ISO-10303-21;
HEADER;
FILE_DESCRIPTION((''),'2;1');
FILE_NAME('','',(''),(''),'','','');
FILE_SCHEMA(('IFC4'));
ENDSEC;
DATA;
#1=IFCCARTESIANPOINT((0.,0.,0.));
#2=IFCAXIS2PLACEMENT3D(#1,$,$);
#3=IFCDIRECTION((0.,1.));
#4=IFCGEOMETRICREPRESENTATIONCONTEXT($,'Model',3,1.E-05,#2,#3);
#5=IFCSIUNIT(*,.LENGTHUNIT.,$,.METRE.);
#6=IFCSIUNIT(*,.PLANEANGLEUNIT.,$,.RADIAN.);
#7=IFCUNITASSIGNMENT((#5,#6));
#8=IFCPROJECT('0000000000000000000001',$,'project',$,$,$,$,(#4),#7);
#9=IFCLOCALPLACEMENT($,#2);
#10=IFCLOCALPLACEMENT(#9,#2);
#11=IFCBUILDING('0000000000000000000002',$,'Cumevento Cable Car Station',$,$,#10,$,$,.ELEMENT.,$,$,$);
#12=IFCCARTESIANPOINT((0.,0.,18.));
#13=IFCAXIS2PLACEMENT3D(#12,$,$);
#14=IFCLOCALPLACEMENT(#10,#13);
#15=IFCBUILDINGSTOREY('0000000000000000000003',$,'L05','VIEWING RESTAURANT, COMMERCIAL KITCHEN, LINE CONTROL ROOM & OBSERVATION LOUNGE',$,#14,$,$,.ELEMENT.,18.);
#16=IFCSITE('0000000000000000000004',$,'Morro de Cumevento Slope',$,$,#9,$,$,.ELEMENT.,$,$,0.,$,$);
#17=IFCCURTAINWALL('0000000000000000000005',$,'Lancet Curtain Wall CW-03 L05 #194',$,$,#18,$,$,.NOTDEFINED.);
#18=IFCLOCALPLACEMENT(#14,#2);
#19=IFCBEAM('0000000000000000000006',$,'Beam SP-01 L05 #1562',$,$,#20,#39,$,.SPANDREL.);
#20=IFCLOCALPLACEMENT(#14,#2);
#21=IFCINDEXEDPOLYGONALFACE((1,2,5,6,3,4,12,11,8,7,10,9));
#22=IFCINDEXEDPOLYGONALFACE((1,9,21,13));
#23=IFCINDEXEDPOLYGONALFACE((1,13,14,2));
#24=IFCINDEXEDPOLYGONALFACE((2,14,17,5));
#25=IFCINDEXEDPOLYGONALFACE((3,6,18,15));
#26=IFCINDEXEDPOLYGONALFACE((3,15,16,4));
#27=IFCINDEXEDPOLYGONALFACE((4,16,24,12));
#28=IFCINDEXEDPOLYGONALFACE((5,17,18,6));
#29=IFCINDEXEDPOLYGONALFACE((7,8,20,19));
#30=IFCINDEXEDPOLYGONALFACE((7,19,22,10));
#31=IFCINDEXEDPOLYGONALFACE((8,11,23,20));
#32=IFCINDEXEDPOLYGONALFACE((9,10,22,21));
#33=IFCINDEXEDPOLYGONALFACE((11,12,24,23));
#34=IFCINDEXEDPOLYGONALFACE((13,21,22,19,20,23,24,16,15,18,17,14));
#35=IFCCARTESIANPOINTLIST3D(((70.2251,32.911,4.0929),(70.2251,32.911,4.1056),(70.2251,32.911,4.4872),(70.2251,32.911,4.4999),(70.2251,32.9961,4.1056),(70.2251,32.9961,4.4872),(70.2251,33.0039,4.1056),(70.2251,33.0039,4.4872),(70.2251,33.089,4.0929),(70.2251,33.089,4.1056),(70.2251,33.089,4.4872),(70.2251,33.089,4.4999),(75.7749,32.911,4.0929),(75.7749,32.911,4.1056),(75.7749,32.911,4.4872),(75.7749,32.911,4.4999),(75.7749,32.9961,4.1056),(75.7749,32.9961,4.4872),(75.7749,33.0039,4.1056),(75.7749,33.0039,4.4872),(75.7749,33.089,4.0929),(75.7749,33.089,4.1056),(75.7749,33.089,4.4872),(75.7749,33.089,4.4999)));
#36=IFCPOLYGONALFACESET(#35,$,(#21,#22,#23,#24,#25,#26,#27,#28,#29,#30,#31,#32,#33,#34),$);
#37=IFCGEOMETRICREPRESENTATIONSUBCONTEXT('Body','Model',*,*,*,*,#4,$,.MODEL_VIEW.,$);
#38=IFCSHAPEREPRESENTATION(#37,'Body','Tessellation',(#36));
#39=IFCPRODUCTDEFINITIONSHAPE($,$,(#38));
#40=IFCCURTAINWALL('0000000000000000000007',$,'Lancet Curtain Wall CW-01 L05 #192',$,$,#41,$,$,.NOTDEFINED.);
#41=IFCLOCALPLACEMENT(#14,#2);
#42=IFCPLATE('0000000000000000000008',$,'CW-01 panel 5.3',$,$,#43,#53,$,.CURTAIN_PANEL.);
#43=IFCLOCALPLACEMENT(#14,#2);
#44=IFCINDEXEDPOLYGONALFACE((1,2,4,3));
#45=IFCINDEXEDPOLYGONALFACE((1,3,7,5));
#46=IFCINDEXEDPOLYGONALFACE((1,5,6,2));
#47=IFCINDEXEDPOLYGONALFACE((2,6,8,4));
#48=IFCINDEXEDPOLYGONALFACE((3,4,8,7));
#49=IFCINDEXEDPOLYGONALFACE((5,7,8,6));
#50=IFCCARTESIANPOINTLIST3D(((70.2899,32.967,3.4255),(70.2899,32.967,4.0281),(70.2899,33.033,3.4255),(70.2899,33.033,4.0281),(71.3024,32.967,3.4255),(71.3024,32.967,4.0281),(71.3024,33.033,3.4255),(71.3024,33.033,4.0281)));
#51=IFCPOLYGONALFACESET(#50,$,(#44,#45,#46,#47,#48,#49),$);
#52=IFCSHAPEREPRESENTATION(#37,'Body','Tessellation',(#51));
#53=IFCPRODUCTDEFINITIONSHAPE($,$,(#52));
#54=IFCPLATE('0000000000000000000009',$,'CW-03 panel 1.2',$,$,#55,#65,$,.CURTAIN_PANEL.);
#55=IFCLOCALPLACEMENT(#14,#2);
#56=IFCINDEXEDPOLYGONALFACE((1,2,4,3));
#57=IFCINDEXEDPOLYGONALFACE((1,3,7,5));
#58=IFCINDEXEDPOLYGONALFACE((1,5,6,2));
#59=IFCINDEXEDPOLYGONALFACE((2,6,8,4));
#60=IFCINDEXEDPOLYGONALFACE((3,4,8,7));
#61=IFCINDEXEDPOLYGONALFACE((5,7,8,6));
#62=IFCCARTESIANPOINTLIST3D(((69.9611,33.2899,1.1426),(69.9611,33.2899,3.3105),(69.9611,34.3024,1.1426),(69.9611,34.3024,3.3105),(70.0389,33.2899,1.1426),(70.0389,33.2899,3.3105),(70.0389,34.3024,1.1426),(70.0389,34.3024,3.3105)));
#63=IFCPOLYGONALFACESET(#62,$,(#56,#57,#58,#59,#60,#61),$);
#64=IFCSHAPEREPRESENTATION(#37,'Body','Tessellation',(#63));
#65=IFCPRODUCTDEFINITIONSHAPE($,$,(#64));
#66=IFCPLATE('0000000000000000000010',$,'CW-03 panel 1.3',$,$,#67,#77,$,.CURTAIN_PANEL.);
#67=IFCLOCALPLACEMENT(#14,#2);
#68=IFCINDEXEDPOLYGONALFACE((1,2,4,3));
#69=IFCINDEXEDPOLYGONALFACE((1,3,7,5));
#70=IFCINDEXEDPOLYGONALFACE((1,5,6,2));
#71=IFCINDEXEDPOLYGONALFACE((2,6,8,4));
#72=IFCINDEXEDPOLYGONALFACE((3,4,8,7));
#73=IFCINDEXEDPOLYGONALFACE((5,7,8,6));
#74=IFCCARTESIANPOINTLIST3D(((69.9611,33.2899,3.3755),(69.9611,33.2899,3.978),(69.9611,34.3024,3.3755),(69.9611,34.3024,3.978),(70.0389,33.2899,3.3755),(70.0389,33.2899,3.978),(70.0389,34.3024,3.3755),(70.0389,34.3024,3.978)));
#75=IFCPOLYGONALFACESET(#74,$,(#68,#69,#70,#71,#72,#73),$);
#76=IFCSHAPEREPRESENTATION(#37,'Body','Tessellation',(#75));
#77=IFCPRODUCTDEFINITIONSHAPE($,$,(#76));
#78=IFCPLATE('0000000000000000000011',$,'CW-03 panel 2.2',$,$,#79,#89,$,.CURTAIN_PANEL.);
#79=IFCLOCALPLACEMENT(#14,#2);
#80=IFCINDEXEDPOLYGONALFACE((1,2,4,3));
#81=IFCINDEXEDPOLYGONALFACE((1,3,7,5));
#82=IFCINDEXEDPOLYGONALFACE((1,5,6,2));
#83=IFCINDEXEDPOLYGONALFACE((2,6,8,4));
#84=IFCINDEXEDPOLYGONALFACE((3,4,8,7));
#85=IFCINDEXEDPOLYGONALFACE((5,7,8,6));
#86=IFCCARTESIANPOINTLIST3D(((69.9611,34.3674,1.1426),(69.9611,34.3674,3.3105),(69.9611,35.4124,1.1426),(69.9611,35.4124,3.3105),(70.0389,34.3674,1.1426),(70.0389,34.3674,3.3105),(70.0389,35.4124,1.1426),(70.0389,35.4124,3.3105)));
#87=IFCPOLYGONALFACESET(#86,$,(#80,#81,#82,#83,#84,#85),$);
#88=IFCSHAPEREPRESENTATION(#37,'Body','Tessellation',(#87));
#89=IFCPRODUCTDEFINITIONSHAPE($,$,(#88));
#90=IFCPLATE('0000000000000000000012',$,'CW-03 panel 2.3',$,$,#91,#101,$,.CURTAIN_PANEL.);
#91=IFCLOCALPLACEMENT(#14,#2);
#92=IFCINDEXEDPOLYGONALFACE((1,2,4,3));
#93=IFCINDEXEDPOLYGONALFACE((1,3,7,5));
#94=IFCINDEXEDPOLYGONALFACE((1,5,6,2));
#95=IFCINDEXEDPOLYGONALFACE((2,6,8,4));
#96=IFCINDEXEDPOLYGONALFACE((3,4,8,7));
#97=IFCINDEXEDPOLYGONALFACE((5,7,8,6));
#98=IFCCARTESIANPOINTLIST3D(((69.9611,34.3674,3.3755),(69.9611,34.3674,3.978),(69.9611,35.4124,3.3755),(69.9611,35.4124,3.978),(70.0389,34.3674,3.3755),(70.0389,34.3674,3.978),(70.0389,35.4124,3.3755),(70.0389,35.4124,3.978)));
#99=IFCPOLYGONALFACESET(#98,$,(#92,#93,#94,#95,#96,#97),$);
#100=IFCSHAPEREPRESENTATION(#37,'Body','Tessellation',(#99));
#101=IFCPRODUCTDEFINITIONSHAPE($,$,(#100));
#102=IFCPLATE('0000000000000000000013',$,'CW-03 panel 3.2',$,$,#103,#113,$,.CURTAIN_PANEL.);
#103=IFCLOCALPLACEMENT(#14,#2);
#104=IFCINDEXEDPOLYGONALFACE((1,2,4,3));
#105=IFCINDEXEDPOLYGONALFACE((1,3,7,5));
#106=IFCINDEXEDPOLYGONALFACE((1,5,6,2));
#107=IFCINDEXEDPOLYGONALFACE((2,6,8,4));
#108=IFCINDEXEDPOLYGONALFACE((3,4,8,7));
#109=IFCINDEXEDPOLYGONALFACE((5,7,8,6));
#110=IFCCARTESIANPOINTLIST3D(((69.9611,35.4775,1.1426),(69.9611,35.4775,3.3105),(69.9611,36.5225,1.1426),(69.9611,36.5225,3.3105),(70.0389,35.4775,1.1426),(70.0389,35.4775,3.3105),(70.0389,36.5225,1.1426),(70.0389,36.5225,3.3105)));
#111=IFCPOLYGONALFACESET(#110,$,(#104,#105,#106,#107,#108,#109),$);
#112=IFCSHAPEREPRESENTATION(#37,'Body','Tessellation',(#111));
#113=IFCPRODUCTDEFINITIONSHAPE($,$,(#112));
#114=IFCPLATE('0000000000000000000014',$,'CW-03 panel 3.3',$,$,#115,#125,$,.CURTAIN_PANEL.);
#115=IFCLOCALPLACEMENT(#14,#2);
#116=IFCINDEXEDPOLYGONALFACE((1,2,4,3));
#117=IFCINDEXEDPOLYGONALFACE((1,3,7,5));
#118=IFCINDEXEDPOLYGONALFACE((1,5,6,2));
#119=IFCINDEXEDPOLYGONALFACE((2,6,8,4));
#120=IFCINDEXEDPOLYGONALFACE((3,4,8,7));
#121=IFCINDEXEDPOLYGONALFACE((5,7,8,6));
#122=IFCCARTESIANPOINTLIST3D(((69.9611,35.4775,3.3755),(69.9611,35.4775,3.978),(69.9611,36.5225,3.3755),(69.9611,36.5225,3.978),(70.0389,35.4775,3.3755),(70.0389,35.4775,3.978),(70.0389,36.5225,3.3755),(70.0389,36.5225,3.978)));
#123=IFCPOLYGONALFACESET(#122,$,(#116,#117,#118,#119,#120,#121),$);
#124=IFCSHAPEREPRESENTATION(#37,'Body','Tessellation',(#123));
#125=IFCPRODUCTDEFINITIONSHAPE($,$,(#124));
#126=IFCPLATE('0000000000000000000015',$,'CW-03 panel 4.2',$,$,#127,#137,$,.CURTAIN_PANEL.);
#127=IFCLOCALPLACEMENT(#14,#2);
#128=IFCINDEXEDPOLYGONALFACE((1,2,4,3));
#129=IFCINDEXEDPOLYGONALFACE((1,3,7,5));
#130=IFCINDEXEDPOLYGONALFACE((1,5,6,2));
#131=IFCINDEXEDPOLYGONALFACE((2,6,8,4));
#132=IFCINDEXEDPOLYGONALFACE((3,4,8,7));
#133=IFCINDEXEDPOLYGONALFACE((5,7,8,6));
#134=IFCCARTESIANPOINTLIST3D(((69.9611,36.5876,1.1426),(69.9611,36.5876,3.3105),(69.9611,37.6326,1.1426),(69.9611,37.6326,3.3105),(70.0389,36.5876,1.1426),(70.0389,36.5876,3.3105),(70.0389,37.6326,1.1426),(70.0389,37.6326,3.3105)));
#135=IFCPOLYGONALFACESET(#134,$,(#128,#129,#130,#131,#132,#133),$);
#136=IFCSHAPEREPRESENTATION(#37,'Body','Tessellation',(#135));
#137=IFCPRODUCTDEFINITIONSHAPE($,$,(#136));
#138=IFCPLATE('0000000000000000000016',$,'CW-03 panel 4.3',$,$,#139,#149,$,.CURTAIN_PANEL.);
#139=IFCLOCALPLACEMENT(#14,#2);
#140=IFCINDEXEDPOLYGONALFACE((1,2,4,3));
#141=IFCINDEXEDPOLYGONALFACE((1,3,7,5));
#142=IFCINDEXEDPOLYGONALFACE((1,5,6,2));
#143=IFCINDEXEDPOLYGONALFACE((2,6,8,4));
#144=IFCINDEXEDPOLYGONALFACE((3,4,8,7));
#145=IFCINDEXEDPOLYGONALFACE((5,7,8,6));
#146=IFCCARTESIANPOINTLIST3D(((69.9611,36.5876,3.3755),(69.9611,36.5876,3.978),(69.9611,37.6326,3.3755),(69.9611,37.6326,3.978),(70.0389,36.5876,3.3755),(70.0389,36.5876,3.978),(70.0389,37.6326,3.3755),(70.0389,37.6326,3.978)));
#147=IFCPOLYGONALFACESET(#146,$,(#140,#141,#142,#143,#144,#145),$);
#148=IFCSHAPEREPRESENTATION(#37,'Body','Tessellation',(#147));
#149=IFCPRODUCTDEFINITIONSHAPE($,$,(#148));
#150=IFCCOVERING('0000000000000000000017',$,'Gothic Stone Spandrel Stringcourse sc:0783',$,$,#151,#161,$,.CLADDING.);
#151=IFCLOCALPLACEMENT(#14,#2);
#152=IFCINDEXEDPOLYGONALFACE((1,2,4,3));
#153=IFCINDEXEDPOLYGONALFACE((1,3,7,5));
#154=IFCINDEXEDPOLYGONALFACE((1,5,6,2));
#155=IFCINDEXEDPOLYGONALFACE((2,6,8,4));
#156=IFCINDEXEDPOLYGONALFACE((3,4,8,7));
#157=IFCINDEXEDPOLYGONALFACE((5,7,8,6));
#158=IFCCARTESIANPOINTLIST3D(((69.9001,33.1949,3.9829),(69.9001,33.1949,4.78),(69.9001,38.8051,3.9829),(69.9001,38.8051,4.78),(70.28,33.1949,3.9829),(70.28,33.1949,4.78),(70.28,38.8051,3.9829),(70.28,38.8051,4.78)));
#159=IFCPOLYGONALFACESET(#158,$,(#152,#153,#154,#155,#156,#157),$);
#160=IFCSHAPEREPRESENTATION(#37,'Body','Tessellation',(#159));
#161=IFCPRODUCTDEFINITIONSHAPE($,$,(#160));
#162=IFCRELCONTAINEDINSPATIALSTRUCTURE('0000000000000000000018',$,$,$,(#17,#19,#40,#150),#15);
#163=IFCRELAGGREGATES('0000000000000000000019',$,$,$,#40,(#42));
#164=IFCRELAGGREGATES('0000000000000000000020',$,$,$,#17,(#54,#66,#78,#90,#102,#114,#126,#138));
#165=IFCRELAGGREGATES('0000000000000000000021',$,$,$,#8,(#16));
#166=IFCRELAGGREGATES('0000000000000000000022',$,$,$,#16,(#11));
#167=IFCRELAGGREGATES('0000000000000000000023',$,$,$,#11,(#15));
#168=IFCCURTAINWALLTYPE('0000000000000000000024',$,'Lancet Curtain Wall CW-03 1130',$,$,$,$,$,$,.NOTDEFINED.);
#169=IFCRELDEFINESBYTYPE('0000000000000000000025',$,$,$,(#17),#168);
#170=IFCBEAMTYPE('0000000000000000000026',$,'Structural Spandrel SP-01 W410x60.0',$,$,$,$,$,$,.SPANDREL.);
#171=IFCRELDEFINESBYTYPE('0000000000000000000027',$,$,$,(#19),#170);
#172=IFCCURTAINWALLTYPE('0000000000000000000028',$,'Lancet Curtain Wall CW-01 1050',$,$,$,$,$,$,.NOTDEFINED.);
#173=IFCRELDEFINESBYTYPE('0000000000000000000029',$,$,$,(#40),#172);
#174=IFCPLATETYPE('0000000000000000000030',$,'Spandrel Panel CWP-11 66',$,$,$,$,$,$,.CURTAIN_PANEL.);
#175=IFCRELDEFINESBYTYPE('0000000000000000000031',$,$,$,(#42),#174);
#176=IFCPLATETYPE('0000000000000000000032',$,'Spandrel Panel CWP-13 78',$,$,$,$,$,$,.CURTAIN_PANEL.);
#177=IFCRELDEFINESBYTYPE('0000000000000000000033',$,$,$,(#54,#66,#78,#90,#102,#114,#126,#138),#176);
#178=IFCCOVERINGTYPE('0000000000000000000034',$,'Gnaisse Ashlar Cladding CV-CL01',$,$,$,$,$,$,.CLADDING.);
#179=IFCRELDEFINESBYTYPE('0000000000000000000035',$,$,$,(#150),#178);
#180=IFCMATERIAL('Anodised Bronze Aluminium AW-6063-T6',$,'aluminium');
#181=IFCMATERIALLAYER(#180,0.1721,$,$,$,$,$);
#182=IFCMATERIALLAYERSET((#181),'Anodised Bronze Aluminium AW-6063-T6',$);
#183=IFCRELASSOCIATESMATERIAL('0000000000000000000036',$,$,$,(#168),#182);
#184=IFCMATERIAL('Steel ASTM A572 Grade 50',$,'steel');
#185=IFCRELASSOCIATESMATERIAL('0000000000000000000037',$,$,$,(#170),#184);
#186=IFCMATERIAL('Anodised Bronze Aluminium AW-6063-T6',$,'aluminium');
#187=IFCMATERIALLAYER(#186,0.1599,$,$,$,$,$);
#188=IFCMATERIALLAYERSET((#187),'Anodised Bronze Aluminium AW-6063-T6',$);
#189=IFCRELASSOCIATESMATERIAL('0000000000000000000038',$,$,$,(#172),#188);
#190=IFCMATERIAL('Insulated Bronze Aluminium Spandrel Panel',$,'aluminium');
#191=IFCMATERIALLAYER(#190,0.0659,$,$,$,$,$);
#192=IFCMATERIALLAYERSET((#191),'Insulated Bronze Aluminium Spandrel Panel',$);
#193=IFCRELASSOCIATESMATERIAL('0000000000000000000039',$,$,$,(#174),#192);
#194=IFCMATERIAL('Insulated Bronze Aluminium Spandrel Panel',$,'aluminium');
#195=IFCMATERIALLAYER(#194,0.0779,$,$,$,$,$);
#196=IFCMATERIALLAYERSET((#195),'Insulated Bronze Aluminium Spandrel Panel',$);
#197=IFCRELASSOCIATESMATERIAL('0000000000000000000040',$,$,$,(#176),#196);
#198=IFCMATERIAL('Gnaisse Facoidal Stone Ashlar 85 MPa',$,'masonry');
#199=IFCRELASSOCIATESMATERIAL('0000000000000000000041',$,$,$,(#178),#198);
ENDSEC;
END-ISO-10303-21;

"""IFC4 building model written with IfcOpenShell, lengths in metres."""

from ifc_helpers import new_model, si_unit, direction, frame, origin, origin_2d, place, context, subcontext, project, spatial, rectangle, i_section, extrude, material, layer, layer_set, material_profile, profile_set, type_object, element, aggregate, save


model = new_model("IFC4")

# Units and contexts
model_context = context("Model", 3, precision=1e-05, world=origin(), true_north=direction((0.0, 1.0)))
body_context = subcontext(model_context, "Body", "Model", "MODEL_VIEW")
ifc_project = project(units=[si_unit("LENGTHUNIT", "METRE"), si_unit("PLANEANGLEUNIT", "RADIAN")], contexts=[model_context])

# Site, building, storey
site_placement = place(None, origin())
site = spatial("IfcSite", under=ifc_project, at=site_placement, Name="Morro de Cumevento Slope", CompositionType="ELEMENT", RefElevation=0.0)
building_placement = place(site_placement, origin())
building = spatial("IfcBuilding", under=site, at=building_placement, Name="Cumevento Cable Car Station", CompositionType="ELEMENT")
storey_placement = place(building_placement, frame((0.0, 0.0, 18.0)))
storey = spatial("IfcBuildingStorey", under=building, at=storey_placement, Name="L05", Description="VIEWING RESTAURANT, COMMERCIAL KITCHEN, LINE CONTROL ROOM & OBSERVATION LOUNGE", CompositionType="ELEMENT", Elevation=18.0)

# Curtain wall
ifc_material_1 = material(Name="Anodised Bronze Aluminium AW-6063-T6", Category="aluminium")
ifc_layer_1 = layer(ifc_material_1, 0.1721)
ifc_layer_set_1 = layer_set([ifc_layer_1], Name="Anodised Bronze Aluminium AW-6063-T6")
curtain_wall_type_1 = type_object("IfcCurtainWallType", Name="Lancet Curtain Wall CW-03 1130", PredefinedType="NOTDEFINED", material=ifc_layer_set_1)
curtain_wall_1_placement = place(storey_placement, origin())
curtain_wall_1 = element("IfcCurtainWall", 1, at=curtain_wall_1_placement, inside=storey, type_object=curtain_wall_type_1, Name="Lancet Curtain Wall CW-03 L05 #194", PredefinedType="NOTDEFINED")

# Beam
ifc_material_2 = material(Name="Steel ASTM A572 Grade 50", Category="steel")
ifc_material_profile_1 = material_profile(ifc_material_2, i_section(OverallWidth=0.178, OverallDepth=0.407, WebThickness=0.0078, FlangeThickness=0.0127, at=origin_2d()), Name="W410x60.0")
ifc_profile_set_1 = profile_set([ifc_material_profile_1], Name="Steel ASTM A572 Grade 50")
beam_type_1 = type_object("IfcBeamType", Name="Structural Spandrel SP-01 W410x60.0", PredefinedType="SPANDREL", material=ifc_profile_set_1)
beam_1_placement = place(storey_placement, frame((70.2251, 33.0, 4.2964), z_axis=(1.0, 0.0, 0.0), x_axis=(0.0, 1.0, 0.0)))
element("IfcBeam", 2, at=beam_1_placement, inside=storey, type_object=beam_type_1, Name="Beam SP-01 L05 #1562", PredefinedType="SPANDREL", context=body_context, shape_type="SweptSolid", body=[
    extrude(i_section(OverallWidth=0.178, OverallDepth=0.407, WebThickness=0.0078, FlangeThickness=0.0127, at=origin_2d()), origin(), (0.0, 0.0, 1.0), 5.5498),
])

# Curtain wall, plate
ifc_material_3 = material(Name="Anodised Bronze Aluminium AW-6063-T6", Category="aluminium")
ifc_layer_2 = layer(ifc_material_3, 0.1599)
ifc_layer_set_2 = layer_set([ifc_layer_2], Name="Anodised Bronze Aluminium AW-6063-T6")
curtain_wall_type_2 = type_object("IfcCurtainWallType", Name="Lancet Curtain Wall CW-01 1050", PredefinedType="NOTDEFINED", material=ifc_layer_set_2)
curtain_wall_2_placement = place(storey_placement, origin())
curtain_wall_2 = element("IfcCurtainWall", 3, at=curtain_wall_2_placement, inside=storey, type_object=curtain_wall_type_2, Name="Lancet Curtain Wall CW-01 L05 #192", PredefinedType="NOTDEFINED")
ifc_material_4 = material(Name="Insulated Bronze Aluminium Spandrel Panel", Category="aluminium")
ifc_layer_3 = layer(ifc_material_4, 0.0659)
ifc_layer_set_3 = layer_set([ifc_layer_3], Name="Insulated Bronze Aluminium Spandrel Panel")
plate_type_1 = type_object("IfcPlateType", Name="Spandrel Panel CWP-11 66", PredefinedType="CURTAIN_PANEL", material=ifc_layer_set_3)
plate_1_placement = place(storey_placement, frame((70.7961, 33.0, 3.4255), z_axis=(0.0, 0.0, 1.0), x_axis=(-1.0, 0.0, 0.0)))
plate_1 = element("IfcPlate", 4, at=plate_1_placement, type_object=plate_type_1, Name="CW-01 panel 5.3", PredefinedType="CURTAIN_PANEL", context=body_context, shape_type="SweptSolid", body=[
    extrude(rectangle(XDim=1.0125, YDim=0.0659, at=origin_2d()), origin(), (0.0, 0.0, 1.0), 0.6025),
])
aggregate(curtain_wall_2, [plate_1])

# Plates
ifc_material_5 = material(Name="Insulated Bronze Aluminium Spandrel Panel", Category="aluminium")
ifc_layer_4 = layer(ifc_material_5, 0.0779)
ifc_layer_set_4 = layer_set([ifc_layer_4], Name="Insulated Bronze Aluminium Spandrel Panel")
plate_type_2 = type_object("IfcPlateType", Name="Spandrel Panel CWP-13 78", PredefinedType="CURTAIN_PANEL", material=ifc_layer_set_4)
plate_2_placement = place(storey_placement, frame((70.0, 33.7961, 1.1426), z_axis=(0.0, 0.0, 1.0), x_axis=(0.0, 1.0, 0.0)))
plate_2 = element("IfcPlate", 5, at=plate_2_placement, type_object=plate_type_2, Name="CW-03 panel 1.2", PredefinedType="CURTAIN_PANEL", context=body_context, shape_type="SweptSolid", body=[
    extrude(rectangle(XDim=1.0125, YDim=0.0779, at=origin_2d()), origin(), (0.0, 0.0, 1.0), 2.168),
])
plate_3_placement = place(storey_placement, frame((70.0, 33.7961, 3.3755), z_axis=(0.0, 0.0, 1.0), x_axis=(0.0, 1.0, 0.0)))
plate_3 = element("IfcPlate", 6, at=plate_3_placement, type_object=plate_type_2, Name="CW-03 panel 1.3", PredefinedType="CURTAIN_PANEL", context=body_context, shape_type="SweptSolid", body=[
    extrude(rectangle(XDim=1.0125, YDim=0.0779, at=origin_2d()), origin(), (0.0, 0.0, 1.0), 0.6025),
])
plate_4_placement = place(storey_placement, frame((70.0, 34.8899, 1.1426), z_axis=(0.0, 0.0, 1.0), x_axis=(0.0, 1.0, 0.0)))
plate_4 = element("IfcPlate", 7, at=plate_4_placement, type_object=plate_type_2, Name="CW-03 panel 2.2", PredefinedType="CURTAIN_PANEL", context=body_context, shape_type="SweptSolid", body=[
    extrude(rectangle(XDim=1.0449, YDim=0.0779, at=origin_2d()), origin(), (0.0, 0.0, 1.0), 2.168),
])
plate_5_placement = place(storey_placement, frame((70.0, 34.8899, 3.3755), z_axis=(0.0, 0.0, 1.0), x_axis=(0.0, 1.0, 0.0)))
plate_5 = element("IfcPlate", 8, at=plate_5_placement, type_object=plate_type_2, Name="CW-03 panel 2.3", PredefinedType="CURTAIN_PANEL", context=body_context, shape_type="SweptSolid", body=[
    extrude(rectangle(XDim=1.0449, YDim=0.0779, at=origin_2d()), origin(), (0.0, 0.0, 1.0), 0.6025),
])
plate_6_placement = place(storey_placement, frame((70.0, 36.0, 1.1426), z_axis=(0.0, 0.0, 1.0), x_axis=(0.0, 1.0, 0.0)))
plate_6 = element("IfcPlate", 9, at=plate_6_placement, type_object=plate_type_2, Name="CW-03 panel 3.2", PredefinedType="CURTAIN_PANEL", context=body_context, shape_type="SweptSolid", body=[
    extrude(rectangle(XDim=1.0449, YDim=0.0779, at=origin_2d()), origin(), (0.0, 0.0, 1.0), 2.168),
])
plate_7_placement = place(storey_placement, frame((70.0, 36.0, 3.3755), z_axis=(0.0, 0.0, 1.0), x_axis=(0.0, 1.0, 0.0)))
plate_7 = element("IfcPlate", 10, at=plate_7_placement, type_object=plate_type_2, Name="CW-03 panel 3.3", PredefinedType="CURTAIN_PANEL", context=body_context, shape_type="SweptSolid", body=[
    extrude(rectangle(XDim=1.0449, YDim=0.0779, at=origin_2d()), origin(), (0.0, 0.0, 1.0), 0.6025),
])
plate_8_placement = place(storey_placement, frame((70.0, 37.1101, 1.1426), z_axis=(0.0, 0.0, 1.0), x_axis=(0.0, 1.0, 0.0)))
plate_8 = element("IfcPlate", 11, at=plate_8_placement, type_object=plate_type_2, Name="CW-03 panel 4.2", PredefinedType="CURTAIN_PANEL", context=body_context, shape_type="SweptSolid", body=[
    extrude(rectangle(XDim=1.0449, YDim=0.0779, at=origin_2d()), origin(), (0.0, 0.0, 1.0), 2.168),
])
plate_9_placement = place(storey_placement, frame((70.0, 37.1101, 3.3755), z_axis=(0.0, 0.0, 1.0), x_axis=(0.0, 1.0, 0.0)))
plate_9 = element("IfcPlate", 12, at=plate_9_placement, type_object=plate_type_2, Name="CW-03 panel 4.3", PredefinedType="CURTAIN_PANEL", context=body_context, shape_type="SweptSolid", body=[
    extrude(rectangle(XDim=1.0449, YDim=0.0779, at=origin_2d()), origin(), (0.0, 0.0, 1.0), 0.6025),
])
aggregate(curtain_wall_1, [plate_2, plate_3, plate_4, plate_5, plate_6, plate_7, plate_8, plate_9])

# Covering
ifc_material_6 = material(Name="Gnaisse Facoidal Stone Ashlar 85 MPa", Category="masonry")
covering_type = type_object("IfcCoveringType", Name="Gnaisse Ashlar Cladding CV-CL01", PredefinedType="CLADDING", material=ifc_material_6)
covering_1_placement = place(storey_placement, frame((70.0901, 36.0, 3.9829), z_axis=(0.0, 0.0, 1.0), x_axis=(0.0, 1.0, 0.0)))
element("IfcCovering", 13, at=covering_1_placement, inside=storey, type_object=covering_type, Name="Gothic Stone Spandrel Stringcourse sc:0783", PredefinedType="CLADDING", context=body_context, shape_type="SweptSolid", body=[
    extrude(rectangle(XDim=5.6101, YDim=0.3799, at=origin_2d()), origin(), (0.0, 0.0, 1.0), 0.7971),
])

save(model, "model.ifc")
